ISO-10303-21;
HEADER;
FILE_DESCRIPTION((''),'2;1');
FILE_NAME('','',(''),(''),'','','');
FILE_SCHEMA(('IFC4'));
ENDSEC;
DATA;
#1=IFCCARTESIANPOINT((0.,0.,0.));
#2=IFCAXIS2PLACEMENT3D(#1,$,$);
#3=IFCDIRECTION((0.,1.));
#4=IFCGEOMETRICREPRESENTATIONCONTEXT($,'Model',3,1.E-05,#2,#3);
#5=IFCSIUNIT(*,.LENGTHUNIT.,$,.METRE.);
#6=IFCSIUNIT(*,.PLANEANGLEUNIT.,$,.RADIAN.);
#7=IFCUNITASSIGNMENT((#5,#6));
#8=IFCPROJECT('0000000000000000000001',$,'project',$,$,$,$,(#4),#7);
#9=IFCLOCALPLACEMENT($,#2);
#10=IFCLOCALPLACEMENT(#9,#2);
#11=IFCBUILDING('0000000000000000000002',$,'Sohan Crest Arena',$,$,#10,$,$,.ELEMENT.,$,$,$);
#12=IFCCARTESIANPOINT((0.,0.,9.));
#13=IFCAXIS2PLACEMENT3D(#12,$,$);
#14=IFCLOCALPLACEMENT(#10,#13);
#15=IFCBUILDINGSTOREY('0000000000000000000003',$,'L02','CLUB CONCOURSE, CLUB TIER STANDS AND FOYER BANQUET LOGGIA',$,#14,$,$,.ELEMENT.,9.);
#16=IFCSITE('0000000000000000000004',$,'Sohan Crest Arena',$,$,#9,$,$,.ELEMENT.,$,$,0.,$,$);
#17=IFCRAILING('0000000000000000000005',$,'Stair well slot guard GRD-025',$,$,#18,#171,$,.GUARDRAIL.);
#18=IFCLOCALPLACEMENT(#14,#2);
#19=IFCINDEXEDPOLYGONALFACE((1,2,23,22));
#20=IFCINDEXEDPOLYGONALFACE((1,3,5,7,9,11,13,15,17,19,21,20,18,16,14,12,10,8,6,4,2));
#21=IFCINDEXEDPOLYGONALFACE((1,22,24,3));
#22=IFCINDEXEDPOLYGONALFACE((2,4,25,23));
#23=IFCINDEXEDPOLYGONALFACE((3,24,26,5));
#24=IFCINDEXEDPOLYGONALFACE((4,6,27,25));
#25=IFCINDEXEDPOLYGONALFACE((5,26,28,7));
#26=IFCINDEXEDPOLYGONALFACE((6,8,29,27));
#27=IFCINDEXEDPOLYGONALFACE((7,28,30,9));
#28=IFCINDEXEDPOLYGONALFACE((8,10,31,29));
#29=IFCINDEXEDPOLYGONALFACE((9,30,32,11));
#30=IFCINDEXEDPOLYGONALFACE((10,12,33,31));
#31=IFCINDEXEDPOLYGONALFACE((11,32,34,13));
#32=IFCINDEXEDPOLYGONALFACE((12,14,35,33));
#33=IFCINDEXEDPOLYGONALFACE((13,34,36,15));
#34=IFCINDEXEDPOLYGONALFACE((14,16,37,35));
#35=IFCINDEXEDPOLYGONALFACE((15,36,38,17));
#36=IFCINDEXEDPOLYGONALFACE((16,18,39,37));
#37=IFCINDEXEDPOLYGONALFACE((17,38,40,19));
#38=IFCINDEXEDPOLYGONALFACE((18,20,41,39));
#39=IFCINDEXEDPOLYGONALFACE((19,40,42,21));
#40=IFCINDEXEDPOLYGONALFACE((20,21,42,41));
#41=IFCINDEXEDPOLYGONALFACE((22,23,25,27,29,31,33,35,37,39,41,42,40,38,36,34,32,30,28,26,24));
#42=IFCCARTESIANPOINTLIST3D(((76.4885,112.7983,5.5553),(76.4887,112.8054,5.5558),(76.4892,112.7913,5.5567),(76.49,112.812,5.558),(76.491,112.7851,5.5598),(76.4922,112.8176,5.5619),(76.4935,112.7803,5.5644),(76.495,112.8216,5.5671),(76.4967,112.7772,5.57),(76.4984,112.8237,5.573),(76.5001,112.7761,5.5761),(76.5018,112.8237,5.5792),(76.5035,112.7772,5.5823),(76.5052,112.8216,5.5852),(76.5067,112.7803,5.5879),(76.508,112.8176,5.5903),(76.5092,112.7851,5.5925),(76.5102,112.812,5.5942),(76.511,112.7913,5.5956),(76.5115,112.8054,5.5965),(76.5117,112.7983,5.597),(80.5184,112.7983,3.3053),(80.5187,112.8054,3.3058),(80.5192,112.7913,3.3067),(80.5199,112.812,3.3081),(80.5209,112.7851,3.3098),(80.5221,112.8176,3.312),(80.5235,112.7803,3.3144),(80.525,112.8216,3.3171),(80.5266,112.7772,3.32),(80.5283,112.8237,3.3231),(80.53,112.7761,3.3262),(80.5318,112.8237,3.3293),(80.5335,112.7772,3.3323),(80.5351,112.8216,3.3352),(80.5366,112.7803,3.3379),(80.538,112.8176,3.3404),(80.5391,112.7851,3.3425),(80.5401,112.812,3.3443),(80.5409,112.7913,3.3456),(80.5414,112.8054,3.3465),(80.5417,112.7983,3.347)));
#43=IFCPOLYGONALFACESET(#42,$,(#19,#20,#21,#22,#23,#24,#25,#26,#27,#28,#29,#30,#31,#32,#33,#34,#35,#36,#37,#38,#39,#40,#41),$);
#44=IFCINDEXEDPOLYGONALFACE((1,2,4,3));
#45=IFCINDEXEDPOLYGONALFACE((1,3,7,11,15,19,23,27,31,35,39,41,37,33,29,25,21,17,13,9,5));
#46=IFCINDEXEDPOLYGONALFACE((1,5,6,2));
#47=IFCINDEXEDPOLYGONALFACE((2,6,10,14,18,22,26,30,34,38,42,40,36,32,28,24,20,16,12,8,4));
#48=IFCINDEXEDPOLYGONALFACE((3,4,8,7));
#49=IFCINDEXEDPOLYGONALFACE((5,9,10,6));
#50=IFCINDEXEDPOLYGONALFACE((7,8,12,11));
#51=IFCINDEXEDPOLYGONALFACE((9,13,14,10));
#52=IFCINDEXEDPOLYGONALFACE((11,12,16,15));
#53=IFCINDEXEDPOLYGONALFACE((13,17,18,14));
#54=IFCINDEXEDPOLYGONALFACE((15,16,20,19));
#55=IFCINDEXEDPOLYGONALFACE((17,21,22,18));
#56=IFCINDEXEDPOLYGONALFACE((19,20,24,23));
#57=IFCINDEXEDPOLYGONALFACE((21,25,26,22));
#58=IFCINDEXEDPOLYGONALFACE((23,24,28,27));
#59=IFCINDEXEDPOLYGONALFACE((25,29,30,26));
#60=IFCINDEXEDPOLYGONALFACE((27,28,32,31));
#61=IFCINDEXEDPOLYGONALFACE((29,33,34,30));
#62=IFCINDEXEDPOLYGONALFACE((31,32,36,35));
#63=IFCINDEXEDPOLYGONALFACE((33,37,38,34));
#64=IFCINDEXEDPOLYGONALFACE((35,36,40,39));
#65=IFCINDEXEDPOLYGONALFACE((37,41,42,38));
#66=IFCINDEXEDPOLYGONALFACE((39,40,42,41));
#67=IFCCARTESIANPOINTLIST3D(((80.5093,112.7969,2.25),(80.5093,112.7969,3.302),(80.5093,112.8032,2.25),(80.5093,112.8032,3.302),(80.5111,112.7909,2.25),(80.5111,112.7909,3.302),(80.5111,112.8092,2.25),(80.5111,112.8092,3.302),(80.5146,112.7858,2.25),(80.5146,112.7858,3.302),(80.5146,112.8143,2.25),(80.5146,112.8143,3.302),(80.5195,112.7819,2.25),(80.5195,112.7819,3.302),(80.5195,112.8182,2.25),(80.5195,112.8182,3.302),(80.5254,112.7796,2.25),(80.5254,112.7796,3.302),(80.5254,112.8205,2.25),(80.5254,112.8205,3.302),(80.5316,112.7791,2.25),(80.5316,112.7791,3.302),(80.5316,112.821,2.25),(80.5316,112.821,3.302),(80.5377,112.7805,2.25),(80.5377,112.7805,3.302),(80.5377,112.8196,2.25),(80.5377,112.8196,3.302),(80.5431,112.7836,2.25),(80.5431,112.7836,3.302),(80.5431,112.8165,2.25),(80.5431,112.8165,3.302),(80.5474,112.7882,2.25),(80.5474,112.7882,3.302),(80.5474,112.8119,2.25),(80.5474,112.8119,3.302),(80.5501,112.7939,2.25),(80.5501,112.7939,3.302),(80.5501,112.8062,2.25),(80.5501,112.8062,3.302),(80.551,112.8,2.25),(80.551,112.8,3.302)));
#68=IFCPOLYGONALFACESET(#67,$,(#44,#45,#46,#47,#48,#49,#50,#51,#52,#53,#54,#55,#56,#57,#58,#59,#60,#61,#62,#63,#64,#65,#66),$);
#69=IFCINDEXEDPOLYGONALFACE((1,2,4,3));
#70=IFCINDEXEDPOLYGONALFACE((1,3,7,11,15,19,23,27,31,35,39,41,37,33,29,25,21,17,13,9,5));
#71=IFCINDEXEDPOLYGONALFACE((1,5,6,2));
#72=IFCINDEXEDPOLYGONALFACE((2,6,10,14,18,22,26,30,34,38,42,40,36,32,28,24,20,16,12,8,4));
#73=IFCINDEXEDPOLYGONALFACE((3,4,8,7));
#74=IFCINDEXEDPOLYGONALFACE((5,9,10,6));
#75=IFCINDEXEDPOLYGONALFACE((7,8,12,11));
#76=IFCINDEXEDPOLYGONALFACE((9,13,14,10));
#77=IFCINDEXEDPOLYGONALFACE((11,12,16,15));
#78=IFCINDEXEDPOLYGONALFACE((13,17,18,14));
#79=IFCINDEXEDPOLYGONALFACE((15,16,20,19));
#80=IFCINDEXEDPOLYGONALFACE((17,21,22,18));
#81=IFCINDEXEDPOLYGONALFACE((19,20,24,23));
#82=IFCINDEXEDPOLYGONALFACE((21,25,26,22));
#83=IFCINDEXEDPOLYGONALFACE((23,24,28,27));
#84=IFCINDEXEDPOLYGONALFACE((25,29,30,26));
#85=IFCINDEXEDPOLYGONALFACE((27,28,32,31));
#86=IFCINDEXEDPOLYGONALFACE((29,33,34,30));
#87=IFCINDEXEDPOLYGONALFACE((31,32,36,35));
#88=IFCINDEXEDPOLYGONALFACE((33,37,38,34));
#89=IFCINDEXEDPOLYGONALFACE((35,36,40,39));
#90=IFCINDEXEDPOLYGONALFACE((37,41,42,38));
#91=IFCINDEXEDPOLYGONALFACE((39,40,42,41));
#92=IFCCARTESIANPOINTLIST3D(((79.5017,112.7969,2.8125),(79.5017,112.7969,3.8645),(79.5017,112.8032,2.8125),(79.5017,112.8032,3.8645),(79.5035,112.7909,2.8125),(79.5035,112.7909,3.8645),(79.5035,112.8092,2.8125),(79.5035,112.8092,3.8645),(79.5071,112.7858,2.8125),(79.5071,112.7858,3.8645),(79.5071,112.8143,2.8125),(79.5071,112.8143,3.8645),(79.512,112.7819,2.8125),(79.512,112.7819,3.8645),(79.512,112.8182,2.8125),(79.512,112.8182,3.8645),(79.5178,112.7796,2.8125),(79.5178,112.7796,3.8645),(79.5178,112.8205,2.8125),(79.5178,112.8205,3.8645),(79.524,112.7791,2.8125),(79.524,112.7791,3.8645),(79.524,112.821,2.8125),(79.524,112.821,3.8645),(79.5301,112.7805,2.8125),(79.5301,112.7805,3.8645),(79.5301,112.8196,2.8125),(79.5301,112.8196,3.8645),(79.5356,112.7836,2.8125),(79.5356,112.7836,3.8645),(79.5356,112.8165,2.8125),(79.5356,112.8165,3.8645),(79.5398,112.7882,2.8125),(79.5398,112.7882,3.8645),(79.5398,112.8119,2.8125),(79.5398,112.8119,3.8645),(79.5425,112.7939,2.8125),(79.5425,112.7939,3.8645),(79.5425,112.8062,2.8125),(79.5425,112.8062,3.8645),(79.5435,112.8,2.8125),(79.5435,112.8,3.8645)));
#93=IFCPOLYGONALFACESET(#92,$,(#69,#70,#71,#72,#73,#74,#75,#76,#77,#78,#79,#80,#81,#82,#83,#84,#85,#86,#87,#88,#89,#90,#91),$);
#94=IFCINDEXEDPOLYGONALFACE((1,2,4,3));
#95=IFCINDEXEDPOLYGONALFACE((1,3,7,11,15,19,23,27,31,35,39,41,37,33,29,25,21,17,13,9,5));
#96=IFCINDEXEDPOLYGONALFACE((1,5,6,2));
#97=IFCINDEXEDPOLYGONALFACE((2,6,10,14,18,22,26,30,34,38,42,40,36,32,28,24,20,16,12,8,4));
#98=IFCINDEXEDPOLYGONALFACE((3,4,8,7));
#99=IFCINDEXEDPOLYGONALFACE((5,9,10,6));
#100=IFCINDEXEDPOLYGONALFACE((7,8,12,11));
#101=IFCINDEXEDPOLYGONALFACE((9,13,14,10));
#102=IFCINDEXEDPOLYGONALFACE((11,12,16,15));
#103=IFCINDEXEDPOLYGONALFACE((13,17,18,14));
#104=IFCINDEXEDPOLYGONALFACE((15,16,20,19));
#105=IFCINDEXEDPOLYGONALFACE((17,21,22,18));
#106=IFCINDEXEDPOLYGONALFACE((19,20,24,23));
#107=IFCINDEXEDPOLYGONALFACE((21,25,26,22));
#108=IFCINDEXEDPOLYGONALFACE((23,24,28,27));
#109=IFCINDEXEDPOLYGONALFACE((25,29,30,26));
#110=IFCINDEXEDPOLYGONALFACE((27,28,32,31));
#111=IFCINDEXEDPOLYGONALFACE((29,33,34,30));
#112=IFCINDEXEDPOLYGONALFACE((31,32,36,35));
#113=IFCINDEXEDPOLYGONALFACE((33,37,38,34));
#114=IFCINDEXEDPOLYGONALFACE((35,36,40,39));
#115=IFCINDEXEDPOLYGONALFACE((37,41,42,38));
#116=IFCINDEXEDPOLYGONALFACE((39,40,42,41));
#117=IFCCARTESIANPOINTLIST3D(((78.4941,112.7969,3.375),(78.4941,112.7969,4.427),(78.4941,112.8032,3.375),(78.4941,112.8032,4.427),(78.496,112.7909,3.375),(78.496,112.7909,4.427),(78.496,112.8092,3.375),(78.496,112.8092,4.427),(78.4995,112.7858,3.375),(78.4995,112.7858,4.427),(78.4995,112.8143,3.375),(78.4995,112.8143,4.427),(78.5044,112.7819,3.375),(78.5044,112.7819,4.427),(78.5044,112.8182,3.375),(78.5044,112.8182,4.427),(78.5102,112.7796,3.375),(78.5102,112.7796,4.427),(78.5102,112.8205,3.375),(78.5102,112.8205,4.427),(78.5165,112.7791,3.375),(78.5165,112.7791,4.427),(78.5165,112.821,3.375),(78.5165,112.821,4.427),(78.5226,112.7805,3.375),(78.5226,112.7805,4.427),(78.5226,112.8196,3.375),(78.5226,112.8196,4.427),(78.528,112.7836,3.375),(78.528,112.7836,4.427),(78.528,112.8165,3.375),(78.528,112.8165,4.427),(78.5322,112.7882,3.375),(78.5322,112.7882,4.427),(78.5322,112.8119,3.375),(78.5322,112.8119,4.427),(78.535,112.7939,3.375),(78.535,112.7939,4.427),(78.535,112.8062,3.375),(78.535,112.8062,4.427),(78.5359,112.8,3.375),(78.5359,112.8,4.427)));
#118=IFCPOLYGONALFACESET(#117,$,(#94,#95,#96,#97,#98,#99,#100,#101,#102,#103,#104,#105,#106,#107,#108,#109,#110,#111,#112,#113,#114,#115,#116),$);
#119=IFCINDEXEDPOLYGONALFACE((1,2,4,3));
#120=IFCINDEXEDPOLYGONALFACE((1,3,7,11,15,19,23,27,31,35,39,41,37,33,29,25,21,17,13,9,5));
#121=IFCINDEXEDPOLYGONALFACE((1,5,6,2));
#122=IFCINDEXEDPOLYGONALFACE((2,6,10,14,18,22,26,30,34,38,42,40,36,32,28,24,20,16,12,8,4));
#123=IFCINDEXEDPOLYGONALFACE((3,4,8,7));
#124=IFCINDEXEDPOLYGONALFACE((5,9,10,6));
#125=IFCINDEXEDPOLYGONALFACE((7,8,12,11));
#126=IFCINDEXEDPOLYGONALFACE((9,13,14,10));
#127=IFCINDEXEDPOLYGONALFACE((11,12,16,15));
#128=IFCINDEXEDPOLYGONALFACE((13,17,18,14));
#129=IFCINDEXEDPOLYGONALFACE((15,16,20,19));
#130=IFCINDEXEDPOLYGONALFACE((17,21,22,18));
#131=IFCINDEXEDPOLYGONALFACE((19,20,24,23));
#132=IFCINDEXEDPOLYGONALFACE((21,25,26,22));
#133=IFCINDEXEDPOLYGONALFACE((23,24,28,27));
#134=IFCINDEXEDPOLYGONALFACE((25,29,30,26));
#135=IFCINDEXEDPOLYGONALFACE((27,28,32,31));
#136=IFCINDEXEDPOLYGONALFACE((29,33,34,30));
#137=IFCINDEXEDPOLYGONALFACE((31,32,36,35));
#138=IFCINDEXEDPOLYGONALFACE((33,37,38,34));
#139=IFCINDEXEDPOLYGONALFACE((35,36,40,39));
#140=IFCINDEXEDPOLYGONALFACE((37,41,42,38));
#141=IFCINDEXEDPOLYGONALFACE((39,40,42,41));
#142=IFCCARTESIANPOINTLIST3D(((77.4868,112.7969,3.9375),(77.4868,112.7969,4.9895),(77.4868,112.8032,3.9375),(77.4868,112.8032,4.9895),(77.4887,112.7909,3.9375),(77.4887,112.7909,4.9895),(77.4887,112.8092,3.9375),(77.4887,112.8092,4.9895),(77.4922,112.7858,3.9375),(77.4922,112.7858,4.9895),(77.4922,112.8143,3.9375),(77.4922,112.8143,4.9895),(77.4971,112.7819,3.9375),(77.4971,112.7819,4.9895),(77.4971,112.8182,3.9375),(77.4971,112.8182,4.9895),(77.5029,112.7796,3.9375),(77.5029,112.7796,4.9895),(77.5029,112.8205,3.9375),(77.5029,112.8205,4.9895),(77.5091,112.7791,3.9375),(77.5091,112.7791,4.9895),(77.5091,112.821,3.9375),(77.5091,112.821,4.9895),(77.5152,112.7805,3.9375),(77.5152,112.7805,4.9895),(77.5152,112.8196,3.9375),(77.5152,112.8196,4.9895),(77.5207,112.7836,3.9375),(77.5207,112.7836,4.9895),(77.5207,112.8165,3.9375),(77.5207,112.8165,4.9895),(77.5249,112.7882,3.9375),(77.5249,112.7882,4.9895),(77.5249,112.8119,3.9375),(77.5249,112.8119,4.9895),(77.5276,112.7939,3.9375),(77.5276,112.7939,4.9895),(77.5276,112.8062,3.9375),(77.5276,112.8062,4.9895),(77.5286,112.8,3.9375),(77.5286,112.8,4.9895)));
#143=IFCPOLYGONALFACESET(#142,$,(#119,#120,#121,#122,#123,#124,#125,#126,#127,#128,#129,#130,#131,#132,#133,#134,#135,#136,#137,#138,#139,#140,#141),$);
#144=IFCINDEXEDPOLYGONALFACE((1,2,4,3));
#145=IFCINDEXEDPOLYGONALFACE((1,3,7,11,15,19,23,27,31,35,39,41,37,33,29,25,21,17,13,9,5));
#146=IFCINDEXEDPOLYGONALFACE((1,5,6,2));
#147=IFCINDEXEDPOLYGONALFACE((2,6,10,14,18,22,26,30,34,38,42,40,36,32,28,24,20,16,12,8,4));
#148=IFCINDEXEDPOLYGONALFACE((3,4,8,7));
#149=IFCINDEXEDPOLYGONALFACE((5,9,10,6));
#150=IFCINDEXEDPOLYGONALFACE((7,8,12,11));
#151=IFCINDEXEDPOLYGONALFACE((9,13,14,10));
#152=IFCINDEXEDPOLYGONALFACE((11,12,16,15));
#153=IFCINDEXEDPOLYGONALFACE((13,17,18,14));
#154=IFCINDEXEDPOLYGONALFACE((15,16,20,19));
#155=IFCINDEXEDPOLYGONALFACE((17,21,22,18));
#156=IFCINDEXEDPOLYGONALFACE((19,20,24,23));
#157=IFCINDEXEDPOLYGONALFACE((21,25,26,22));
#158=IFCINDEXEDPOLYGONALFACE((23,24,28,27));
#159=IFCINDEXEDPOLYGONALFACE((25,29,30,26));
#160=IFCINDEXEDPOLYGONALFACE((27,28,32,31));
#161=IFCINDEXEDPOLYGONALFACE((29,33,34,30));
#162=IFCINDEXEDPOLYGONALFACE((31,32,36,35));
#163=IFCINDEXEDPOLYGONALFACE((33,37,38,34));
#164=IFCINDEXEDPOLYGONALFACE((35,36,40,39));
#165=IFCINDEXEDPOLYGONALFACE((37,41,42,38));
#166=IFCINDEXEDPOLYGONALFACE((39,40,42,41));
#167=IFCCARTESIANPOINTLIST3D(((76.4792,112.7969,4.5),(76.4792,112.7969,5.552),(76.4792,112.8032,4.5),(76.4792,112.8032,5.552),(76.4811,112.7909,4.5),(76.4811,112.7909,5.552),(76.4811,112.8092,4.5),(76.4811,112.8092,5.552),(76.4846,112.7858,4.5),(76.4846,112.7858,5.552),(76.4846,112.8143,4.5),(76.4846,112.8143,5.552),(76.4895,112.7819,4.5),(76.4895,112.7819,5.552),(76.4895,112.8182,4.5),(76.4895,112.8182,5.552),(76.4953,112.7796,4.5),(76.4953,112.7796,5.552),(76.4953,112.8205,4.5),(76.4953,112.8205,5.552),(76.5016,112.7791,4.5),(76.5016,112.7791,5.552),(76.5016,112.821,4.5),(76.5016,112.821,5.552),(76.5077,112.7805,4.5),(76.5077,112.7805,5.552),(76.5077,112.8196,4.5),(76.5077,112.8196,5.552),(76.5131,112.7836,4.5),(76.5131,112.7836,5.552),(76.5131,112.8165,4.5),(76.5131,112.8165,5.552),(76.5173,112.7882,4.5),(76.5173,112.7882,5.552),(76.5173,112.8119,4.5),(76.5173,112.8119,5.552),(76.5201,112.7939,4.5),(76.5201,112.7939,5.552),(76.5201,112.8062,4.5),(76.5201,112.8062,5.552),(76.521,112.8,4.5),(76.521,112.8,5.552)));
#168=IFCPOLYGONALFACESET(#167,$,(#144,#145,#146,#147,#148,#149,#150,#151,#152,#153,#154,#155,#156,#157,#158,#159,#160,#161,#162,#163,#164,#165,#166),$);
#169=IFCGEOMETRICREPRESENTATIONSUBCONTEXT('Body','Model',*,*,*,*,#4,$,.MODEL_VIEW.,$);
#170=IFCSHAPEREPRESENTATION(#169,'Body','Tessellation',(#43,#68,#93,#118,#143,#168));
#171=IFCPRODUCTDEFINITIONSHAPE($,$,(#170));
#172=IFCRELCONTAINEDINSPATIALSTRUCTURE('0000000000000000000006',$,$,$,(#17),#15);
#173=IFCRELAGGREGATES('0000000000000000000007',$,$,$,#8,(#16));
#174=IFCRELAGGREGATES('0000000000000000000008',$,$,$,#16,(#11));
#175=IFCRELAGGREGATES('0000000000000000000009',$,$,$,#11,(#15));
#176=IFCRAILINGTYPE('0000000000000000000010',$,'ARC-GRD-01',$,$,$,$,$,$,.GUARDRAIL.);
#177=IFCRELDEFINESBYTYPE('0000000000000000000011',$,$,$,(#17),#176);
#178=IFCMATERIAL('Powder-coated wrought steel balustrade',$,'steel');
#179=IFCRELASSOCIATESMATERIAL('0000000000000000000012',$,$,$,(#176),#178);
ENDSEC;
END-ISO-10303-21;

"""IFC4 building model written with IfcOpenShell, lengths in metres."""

from ifc_helpers import new_model, si_unit, direction, frame, origin, origin_2d, place, context, subcontext, project, spatial, circle, extrude, material, type_object, element, save


model = new_model("IFC4")

# Units and contexts
model_context = context("Model", 3, precision=1e-05, world=origin(), true_north=direction((0.0, 1.0)))
body_context = subcontext(model_context, "Body", "Model", "MODEL_VIEW")
ifc_project = project(units=[si_unit("LENGTHUNIT", "METRE"), si_unit("PLANEANGLEUNIT", "RADIAN")], contexts=[model_context])

# Site, building, storey
site_placement = place(None, origin())
site = spatial("IfcSite", under=ifc_project, at=site_placement, Name="Sohan Crest Arena", CompositionType="ELEMENT", RefElevation=0.0)
building_placement = place(site_placement, origin())
building = spatial("IfcBuilding", under=site, at=building_placement, Name="Sohan Crest Arena", CompositionType="ELEMENT")
storey_placement = place(building_placement, frame((0.0, 0.0, 9.0)))
storey = spatial("IfcBuildingStorey", under=building, at=storey_placement, Name="L02", Description="CLUB CONCOURSE, CLUB TIER STANDS AND FOYER BANQUET LOGGIA", CompositionType="ELEMENT", Elevation=9.0)

# Railing
ifc_material_1 = material(Name="Powder-coated wrought steel balustrade", Category="steel")
railing_type_1 = type_object("IfcRailingType", Name="ARC-GRD-01", PredefinedType="GUARDRAIL", material=ifc_material_1)
railing_1_placement = place(storey_placement, frame((80.53, 112.8, 2.25)))
element("IfcRailing", 1, at=railing_1_placement, inside=storey, type_object=railing_type_1, Name="Stair well slot guard GRD-025", PredefinedType="GUARDRAIL", context=body_context, shape_type="SweptSolid", body=[
    extrude(circle(Radius=0.0239, at=origin_2d()), frame((0.0, 0.0, 1.0762), z_axis=(-0.873135, 0.0, 0.487479), x_axis=(0.0, -1.0, 0.0)), (0.0, 0.0, 1.0), 4.6155),
    extrude(circle(Radius=0.021, at=origin_2d()), origin(), (0.0, 0.0, 1.0), 1.052),
    extrude(circle(Radius=0.021, at=origin_2d()), frame((-1.0076, 0.0, 0.5625)), (0.0, 0.0, 1.0), 1.052),
    extrude(circle(Radius=0.021, at=origin_2d()), frame((-2.0151, 0.0, 1.125)), (0.0, 0.0, 1.0), 1.052),
    extrude(circle(Radius=0.021, at=origin_2d()), frame((-3.0225, 0.0, 1.6875)), (0.0, 0.0, 1.0), 1.052),
    extrude(circle(Radius=0.021, at=origin_2d()), frame((-4.03, 0.0, 2.25)), (0.0, 0.0, 1.0), 1.052),
])

save(model, "model.ifc")
